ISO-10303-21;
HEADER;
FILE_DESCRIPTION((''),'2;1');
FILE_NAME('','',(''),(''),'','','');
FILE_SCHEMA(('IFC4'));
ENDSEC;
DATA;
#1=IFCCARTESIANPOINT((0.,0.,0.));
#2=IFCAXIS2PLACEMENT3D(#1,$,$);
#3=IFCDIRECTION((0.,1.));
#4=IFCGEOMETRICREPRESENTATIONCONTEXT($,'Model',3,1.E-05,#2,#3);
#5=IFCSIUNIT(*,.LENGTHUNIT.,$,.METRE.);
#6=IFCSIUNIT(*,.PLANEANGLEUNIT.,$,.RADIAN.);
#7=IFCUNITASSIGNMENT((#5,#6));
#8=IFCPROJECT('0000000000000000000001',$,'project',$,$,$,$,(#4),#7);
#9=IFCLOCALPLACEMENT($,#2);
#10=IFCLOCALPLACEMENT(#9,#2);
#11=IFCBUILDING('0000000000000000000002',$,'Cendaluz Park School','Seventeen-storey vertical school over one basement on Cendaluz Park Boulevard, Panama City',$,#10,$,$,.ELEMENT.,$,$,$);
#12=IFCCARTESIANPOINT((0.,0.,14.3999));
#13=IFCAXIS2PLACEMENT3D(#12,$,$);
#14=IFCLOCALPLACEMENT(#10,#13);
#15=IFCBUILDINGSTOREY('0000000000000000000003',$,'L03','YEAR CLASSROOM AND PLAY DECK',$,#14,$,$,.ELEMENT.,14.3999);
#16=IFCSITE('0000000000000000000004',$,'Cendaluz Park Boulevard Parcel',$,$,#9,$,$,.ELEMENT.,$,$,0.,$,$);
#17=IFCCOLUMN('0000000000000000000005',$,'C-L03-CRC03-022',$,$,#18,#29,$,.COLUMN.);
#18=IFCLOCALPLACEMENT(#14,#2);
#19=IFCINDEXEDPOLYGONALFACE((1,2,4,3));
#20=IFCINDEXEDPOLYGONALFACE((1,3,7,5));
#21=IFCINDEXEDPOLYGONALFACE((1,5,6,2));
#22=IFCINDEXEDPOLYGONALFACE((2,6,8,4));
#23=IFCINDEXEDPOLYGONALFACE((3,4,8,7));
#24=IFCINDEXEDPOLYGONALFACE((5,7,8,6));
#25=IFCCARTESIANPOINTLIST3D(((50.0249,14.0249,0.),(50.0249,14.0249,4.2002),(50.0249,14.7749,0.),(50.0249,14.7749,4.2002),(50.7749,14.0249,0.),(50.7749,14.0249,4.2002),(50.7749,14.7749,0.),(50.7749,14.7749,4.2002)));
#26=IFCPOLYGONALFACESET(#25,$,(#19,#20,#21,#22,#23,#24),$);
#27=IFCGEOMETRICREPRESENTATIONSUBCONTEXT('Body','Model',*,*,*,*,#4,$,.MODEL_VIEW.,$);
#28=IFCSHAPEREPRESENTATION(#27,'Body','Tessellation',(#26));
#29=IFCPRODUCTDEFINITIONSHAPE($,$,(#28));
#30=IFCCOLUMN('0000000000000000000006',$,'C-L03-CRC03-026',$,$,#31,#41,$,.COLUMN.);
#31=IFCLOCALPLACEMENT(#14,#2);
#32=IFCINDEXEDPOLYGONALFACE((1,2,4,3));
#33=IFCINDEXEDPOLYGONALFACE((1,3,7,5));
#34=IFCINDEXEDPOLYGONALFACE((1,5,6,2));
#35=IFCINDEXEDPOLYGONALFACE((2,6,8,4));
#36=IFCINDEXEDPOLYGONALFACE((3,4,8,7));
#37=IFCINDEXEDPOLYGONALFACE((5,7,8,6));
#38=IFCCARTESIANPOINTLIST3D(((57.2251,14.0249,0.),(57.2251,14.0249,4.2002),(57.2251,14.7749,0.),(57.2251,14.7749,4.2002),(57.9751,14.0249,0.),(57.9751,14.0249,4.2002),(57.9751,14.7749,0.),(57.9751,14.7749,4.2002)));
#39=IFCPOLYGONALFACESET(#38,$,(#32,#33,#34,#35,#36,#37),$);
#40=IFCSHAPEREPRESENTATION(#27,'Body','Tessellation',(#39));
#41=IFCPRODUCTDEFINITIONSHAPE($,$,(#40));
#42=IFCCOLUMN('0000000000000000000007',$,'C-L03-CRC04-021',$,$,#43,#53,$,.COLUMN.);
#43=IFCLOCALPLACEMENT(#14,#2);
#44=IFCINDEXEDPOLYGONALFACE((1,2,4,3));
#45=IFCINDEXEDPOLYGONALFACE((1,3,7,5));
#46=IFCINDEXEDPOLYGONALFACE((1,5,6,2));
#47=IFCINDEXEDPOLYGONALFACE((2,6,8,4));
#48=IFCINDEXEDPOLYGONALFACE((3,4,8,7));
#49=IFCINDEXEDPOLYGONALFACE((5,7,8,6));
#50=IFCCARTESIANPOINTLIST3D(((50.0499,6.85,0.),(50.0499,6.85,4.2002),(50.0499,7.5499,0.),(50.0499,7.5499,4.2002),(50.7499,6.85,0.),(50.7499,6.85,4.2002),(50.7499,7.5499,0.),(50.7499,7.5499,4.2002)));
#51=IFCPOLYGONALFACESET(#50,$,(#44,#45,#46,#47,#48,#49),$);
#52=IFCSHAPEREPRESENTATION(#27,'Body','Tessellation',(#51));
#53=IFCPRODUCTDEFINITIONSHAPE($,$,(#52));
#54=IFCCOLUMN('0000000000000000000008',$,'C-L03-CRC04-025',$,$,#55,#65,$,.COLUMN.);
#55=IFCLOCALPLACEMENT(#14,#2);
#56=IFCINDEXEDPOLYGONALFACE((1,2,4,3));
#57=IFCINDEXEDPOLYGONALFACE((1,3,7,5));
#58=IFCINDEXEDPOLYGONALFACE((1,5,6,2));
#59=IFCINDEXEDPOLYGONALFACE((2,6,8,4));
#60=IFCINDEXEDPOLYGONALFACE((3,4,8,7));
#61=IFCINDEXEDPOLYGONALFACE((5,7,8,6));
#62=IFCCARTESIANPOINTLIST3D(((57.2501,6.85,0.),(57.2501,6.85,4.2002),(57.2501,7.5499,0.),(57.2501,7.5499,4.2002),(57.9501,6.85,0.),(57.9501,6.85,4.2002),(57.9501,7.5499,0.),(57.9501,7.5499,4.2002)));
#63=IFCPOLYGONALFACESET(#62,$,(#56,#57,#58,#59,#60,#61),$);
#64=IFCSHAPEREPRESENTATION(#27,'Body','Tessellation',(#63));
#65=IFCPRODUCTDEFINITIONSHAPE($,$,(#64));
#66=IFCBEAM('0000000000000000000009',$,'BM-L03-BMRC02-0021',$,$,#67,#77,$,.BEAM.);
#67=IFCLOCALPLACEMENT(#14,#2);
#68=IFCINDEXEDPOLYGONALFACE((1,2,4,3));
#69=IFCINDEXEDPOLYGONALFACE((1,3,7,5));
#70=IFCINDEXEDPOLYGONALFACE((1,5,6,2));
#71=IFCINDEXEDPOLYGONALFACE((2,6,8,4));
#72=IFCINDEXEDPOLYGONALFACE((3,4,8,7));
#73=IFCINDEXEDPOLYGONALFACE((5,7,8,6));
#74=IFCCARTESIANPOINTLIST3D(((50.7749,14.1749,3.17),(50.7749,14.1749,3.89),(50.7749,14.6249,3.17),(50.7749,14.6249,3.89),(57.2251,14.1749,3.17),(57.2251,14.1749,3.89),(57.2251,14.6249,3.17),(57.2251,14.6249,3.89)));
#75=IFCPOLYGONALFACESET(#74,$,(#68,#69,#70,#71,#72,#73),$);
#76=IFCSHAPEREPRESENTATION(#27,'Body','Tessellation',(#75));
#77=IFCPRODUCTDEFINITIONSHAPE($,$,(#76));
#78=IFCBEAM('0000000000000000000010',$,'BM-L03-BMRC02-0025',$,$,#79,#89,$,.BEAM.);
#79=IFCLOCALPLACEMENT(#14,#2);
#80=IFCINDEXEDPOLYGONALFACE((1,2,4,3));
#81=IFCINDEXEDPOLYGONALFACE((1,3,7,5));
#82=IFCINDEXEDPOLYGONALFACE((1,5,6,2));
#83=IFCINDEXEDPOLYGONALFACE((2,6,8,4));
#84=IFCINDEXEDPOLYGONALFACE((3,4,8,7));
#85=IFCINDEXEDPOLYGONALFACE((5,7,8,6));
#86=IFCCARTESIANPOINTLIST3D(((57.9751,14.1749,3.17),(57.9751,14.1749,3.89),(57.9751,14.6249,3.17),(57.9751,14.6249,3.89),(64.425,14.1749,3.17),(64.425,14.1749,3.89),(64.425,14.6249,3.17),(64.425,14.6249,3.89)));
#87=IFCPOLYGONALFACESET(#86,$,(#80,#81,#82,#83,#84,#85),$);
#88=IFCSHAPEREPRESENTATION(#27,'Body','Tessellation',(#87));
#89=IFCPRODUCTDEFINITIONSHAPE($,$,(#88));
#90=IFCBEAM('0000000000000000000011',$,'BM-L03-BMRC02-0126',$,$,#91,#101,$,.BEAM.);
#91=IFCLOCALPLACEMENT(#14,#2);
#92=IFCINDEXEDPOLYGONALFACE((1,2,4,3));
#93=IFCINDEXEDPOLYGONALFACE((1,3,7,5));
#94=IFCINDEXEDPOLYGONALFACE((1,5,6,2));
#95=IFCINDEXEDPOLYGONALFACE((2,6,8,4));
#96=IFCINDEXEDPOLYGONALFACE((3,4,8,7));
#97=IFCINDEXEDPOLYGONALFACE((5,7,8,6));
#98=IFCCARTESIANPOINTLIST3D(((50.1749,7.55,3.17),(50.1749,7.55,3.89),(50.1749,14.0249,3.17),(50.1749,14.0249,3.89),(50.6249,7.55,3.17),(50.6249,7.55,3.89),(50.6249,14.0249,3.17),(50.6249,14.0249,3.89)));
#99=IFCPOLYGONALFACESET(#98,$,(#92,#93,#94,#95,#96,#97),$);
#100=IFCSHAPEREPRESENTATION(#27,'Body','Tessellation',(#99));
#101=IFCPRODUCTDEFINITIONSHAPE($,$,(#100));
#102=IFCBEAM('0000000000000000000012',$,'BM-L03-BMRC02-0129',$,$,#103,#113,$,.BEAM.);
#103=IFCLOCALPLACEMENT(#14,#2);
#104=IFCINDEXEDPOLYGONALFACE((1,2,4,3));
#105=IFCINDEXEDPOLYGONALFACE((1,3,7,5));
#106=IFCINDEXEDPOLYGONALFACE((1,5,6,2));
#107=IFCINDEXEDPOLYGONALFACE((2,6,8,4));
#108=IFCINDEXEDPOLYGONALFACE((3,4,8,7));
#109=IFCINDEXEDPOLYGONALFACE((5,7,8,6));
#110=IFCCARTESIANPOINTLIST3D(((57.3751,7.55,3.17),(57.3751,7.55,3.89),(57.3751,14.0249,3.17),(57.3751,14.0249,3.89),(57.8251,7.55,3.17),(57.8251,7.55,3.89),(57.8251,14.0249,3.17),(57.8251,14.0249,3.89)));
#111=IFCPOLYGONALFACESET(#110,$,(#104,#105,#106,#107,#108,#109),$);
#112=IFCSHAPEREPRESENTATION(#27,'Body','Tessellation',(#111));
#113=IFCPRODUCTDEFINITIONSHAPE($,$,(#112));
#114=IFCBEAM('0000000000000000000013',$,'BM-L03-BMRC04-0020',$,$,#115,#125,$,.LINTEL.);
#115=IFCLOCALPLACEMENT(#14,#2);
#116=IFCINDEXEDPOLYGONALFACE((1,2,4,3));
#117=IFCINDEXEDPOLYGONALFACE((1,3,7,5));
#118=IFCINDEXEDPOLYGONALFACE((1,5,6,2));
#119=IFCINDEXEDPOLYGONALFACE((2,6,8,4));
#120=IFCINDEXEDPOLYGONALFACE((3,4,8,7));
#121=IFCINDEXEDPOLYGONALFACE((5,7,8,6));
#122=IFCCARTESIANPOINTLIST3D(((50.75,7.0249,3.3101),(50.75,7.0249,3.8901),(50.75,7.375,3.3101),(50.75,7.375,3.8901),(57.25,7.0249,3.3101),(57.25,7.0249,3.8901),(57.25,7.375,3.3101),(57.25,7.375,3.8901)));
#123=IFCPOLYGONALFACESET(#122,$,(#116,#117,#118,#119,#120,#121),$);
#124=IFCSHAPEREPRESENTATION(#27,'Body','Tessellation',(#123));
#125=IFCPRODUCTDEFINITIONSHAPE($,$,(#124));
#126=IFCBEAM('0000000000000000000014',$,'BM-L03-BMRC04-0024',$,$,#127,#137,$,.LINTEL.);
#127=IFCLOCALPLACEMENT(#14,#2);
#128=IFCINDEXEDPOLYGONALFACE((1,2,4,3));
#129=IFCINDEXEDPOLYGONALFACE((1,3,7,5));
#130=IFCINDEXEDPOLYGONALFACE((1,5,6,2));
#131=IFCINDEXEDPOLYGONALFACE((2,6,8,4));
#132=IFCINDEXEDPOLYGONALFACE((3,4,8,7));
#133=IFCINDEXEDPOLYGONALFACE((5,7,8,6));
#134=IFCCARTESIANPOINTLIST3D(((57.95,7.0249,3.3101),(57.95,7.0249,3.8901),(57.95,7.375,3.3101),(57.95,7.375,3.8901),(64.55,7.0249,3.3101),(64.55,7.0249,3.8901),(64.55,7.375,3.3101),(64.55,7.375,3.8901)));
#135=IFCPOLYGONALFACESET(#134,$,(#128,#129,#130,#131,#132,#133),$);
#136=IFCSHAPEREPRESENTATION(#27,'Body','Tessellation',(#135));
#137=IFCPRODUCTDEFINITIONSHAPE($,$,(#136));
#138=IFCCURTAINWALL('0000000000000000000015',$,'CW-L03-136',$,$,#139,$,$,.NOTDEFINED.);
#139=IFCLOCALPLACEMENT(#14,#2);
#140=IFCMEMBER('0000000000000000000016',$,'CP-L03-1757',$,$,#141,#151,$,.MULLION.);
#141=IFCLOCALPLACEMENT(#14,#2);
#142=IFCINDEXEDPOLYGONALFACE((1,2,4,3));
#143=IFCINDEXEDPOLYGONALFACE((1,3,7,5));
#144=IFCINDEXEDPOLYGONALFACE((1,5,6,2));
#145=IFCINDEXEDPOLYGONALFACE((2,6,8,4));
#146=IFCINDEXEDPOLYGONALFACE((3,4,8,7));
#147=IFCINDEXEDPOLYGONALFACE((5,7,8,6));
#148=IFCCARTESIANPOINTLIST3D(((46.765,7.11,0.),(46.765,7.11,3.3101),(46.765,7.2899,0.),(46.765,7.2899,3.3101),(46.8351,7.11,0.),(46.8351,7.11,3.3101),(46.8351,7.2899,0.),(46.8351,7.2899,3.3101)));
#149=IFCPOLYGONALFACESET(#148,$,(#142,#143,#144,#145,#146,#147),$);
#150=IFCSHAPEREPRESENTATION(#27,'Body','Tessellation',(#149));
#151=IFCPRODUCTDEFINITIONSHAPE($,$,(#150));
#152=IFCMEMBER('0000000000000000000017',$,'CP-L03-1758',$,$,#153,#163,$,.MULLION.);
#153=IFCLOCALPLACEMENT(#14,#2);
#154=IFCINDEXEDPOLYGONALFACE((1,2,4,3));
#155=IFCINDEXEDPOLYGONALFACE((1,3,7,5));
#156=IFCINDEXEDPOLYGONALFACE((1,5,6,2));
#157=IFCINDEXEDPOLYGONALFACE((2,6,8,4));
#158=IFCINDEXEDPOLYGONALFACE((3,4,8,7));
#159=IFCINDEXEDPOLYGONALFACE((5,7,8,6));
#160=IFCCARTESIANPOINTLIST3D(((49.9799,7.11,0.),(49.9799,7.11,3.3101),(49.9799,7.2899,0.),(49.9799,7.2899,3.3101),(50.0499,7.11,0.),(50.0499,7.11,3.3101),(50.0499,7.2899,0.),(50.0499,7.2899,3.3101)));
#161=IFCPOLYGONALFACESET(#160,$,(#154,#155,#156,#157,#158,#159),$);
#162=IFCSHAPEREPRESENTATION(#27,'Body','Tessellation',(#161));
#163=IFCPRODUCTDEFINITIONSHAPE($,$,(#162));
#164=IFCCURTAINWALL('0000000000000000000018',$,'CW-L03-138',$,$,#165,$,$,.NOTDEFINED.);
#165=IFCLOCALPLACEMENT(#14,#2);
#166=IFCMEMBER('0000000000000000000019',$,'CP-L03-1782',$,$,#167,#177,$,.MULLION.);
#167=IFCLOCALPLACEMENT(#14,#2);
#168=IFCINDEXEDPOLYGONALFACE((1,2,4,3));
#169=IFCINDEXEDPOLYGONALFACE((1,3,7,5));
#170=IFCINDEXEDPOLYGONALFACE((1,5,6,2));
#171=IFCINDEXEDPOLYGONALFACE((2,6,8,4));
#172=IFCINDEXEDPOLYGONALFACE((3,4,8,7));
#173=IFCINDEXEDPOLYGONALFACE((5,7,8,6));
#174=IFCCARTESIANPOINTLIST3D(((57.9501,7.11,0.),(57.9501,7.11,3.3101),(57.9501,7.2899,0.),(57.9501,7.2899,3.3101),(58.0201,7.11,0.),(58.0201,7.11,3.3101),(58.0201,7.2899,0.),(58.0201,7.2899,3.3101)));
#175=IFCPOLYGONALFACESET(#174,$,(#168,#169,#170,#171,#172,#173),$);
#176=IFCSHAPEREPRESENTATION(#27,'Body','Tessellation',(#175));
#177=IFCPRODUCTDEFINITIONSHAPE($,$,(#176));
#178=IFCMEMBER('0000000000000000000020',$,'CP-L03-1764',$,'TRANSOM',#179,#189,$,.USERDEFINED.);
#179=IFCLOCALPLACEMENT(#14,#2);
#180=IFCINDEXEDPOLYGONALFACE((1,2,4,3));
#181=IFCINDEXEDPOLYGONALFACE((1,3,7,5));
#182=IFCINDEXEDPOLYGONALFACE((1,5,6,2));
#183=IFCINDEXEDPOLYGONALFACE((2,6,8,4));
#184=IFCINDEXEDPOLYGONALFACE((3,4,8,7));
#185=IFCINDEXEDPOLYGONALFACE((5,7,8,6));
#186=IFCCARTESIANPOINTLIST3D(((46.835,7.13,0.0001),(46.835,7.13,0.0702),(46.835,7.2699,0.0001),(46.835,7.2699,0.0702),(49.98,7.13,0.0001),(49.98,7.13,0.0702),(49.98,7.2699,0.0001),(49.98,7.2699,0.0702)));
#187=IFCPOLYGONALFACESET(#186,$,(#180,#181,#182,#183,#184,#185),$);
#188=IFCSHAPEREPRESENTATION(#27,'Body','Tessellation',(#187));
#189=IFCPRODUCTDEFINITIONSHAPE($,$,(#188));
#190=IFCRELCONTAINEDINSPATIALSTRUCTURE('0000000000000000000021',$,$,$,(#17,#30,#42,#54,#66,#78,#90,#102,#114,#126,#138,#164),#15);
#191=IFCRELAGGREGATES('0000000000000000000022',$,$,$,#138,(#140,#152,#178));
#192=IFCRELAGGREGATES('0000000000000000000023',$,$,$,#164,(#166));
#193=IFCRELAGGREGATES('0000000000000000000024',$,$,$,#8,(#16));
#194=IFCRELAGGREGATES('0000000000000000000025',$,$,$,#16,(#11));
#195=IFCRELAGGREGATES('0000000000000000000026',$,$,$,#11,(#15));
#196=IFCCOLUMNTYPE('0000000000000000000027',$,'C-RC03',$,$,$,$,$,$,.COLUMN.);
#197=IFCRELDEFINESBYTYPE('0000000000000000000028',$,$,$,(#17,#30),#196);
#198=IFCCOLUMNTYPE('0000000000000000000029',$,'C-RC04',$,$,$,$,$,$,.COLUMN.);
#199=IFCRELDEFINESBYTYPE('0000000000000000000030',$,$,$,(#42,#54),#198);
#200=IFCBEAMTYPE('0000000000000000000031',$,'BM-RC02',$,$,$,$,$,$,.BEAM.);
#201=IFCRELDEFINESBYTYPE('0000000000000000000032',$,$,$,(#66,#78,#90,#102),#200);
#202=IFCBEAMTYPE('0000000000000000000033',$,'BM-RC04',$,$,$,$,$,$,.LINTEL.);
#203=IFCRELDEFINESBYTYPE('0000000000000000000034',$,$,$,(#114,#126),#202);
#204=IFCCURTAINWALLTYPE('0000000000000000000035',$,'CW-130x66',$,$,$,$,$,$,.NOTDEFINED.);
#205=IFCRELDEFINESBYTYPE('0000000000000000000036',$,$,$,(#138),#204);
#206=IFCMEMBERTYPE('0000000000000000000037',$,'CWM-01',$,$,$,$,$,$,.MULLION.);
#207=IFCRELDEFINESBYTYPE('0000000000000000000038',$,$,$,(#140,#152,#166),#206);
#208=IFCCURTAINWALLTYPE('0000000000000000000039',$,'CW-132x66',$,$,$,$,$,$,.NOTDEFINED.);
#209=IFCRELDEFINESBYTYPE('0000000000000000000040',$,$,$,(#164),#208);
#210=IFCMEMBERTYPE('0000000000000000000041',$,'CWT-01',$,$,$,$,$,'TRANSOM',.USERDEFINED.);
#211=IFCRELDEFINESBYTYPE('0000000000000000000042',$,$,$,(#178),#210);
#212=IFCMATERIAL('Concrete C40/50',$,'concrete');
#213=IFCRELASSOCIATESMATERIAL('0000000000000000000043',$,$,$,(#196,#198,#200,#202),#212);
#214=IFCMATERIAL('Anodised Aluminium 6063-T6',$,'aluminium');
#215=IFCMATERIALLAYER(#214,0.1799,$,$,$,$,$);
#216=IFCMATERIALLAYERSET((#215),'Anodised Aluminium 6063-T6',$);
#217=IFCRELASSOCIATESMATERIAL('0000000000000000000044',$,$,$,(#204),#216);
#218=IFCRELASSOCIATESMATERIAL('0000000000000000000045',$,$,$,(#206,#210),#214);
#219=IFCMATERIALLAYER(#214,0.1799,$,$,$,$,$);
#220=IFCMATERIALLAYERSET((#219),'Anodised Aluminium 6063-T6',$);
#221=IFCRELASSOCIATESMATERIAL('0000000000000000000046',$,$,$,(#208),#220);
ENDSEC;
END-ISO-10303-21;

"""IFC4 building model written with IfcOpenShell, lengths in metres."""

from ifc_helpers import new_model, si_unit, direction, frame, origin, origin_2d, place, context, subcontext, project, spatial, rectangle, extrude, material, layer, layer_set, material_profile, profile_set, type_object, element, aggregate, save


model = new_model("IFC4")

# Units and contexts
model_context = context("Model", 3, precision=1e-05, world=origin(), true_north=direction((0.0, 1.0)))
body_context = subcontext(model_context, "Body", "Model", "MODEL_VIEW")
ifc_project = project(units=[si_unit("LENGTHUNIT", "METRE"), si_unit("PLANEANGLEUNIT", "RADIAN")], contexts=[model_context])

# Site, building, storey
site_placement = place(None, origin())
site = spatial("IfcSite", under=ifc_project, at=site_placement, Name="Cendaluz Park Boulevard Parcel", CompositionType="ELEMENT", RefElevation=0.0)
building_placement = place(site_placement, origin())
building = spatial("IfcBuilding", under=site, at=building_placement, Name="Cendaluz Park School", Description="Seventeen-storey vertical school over one basement on Cendaluz Park Boulevard, Panama City", CompositionType="ELEMENT")
storey_placement = place(building_placement, frame((0.0, 0.0, 14.3999)))
storey = spatial("IfcBuildingStorey", under=building, at=storey_placement, Name="L03", Description="YEAR CLASSROOM AND PLAY DECK", CompositionType="ELEMENT", Elevation=14.3999)

# Columns
ifc_material_1 = material(Name="Concrete C40/50", Category="concrete")
ifc_material_profile_1 = material_profile(ifc_material_1, rectangle(XDim=0.75, YDim=0.75, at=origin_2d()), Name="RC 750x750", Category="concrete")
ifc_profile_set_1 = profile_set([ifc_material_profile_1], Name="Concrete C40/50")
column_type_1 = type_object("IfcColumnType", Name="C-RC03", PredefinedType="COLUMN", material=ifc_profile_set_1)
for number, where, z_axis, x_axis, name in (
    (1, (50.3999, 14.3999, 0.0), (0.0, 0.0, 1.0), (1.0, 0.0, 0.0), "C-L03-CRC03-022"),
    (2, (57.6001, 14.3999, 0.0), (0.0, 0.0, 1.0), (1.0, 0.0, 0.0), "C-L03-CRC03-026"),
):
    element("IfcColumn", number, at=place(storey_placement, frame(where, z_axis=z_axis, x_axis=x_axis)), inside=storey, type_object=column_type_1, Name=name, PredefinedType="COLUMN", context=body_context, shape_type="SweptSolid", body=[
        extrude(rectangle(XDim=0.75, YDim=0.75, at=origin_2d()), origin(), (0.0, 0.0, 1.0), 4.2002),
    ])
ifc_material_profile_2 = material_profile(ifc_material_1, rectangle(XDim=0.7, YDim=0.7, at=origin_2d()), Name="RC 700x700", Category="concrete")
ifc_profile_set_2 = profile_set([ifc_material_profile_2], Name="Concrete C40/50")
column_type_2 = type_object("IfcColumnType", Name="C-RC04", PredefinedType="COLUMN", material=ifc_profile_set_2)
for number, where, z_axis, x_axis, name in (
    (3, (50.3999, 7.2, 0.0), (0.0, 0.0, 1.0), (1.0, 0.0, 0.0), "C-L03-CRC04-021"),
    (4, (57.6001, 7.2, 0.0), (0.0, 0.0, 1.0), (1.0, 0.0, 0.0), "C-L03-CRC04-025"),
):
    element("IfcColumn", number, at=place(storey_placement, frame(where, z_axis=z_axis, x_axis=x_axis)), inside=storey, type_object=column_type_2, Name=name, PredefinedType="COLUMN", context=body_context, shape_type="SweptSolid", body=[
        extrude(rectangle(XDim=0.7, YDim=0.7, at=origin_2d()), origin(), (0.0, 0.0, 1.0), 4.2002),
    ])

# Beams
ifc_material_profile_3 = material_profile(ifc_material_1, rectangle(XDim=0.45, YDim=0.72, at=origin_2d()), Name="RC 450x720", Category="concrete")
ifc_profile_set_3 = profile_set([ifc_material_profile_3], Name="Concrete C40/50")
beam_type_1 = type_object("IfcBeamType", Name="BM-RC02", PredefinedType="BEAM", material=ifc_profile_set_3)
beam_1_placement = place(storey_placement, frame((50.7749, 14.3999, 3.53), z_axis=(1.0, 0.0, 0.0), x_axis=(0.0, 1.0, 0.0)))
element("IfcBeam", 5, at=beam_1_placement, inside=storey, type_object=beam_type_1, Name="BM-L03-BMRC02-0021", PredefinedType="BEAM", context=body_context, shape_type="SweptSolid", body=[
    extrude(rectangle(XDim=0.45, YDim=0.72, at=origin_2d()), origin(), (0.0, 0.0, 1.0), 6.4502),
])
beam_2_placement = place(storey_placement, frame((57.9751, 14.3999, 3.53), z_axis=(1.0, 0.0, 0.0), x_axis=(0.0, 1.0, 0.0)))
element("IfcBeam", 6, at=beam_2_placement, inside=storey, type_object=beam_type_1, Name="BM-L03-BMRC02-0025", PredefinedType="BEAM", context=body_context, shape_type="SweptSolid", body=[
    extrude(rectangle(XDim=0.45, YDim=0.72, at=origin_2d()), origin(), (0.0, 0.0, 1.0), 6.45),
])
for number, where, z_axis, x_axis, name in (
    (7, (50.3999, 7.55, 3.53), (0.0, 1.0, 0.0), (-1.0, 0.0, 0.0), "BM-L03-BMRC02-0126"),
    (8, (57.6001, 7.55, 3.53), (0.0, 1.0, 0.0), (-1.0, 0.0, 0.0), "BM-L03-BMRC02-0129"),
):
    element("IfcBeam", number, at=place(storey_placement, frame(where, z_axis=z_axis, x_axis=x_axis)), inside=storey, type_object=beam_type_1, Name=name, PredefinedType="BEAM", context=body_context, shape_type="SweptSolid", body=[
        extrude(rectangle(XDim=0.45, YDim=0.72, at=origin_2d()), origin(), (0.0, 0.0, 1.0), 6.4749),
    ])
ifc_material_profile_4 = material_profile(ifc_material_1, rectangle(XDim=0.3501, YDim=0.5801, at=origin_2d()), Name="RC 350x580", Category="concrete")
ifc_profile_set_4 = profile_set([ifc_material_profile_4], Name="Concrete C40/50")
beam_type_2 = type_object("IfcBeamType", Name="BM-RC04", PredefinedType="LINTEL", material=ifc_profile_set_4)
beam_3_placement = place(storey_placement, frame((50.75, 7.2, 3.6001), z_axis=(1.0, 0.0, 0.0), x_axis=(0.0, 1.0, 0.0)))
element("IfcBeam", 9, at=beam_3_placement, inside=storey, type_object=beam_type_2, Name="BM-L03-BMRC04-0020", PredefinedType="LINTEL", context=body_context, shape_type="SweptSolid", body=[
    extrude(rectangle(XDim=0.3501, YDim=0.5801, at=origin_2d()), origin(), (0.0, 0.0, 1.0), 6.5),
])
beam_4_placement = place(storey_placement, frame((57.95, 7.2, 3.6001), z_axis=(1.0, 0.0, 0.0), x_axis=(0.0, 1.0, 0.0)))
element("IfcBeam", 10, at=beam_4_placement, inside=storey, type_object=beam_type_2, Name="BM-L03-BMRC04-0024", PredefinedType="LINTEL", context=body_context, shape_type="SweptSolid", body=[
    extrude(rectangle(XDim=0.3501, YDim=0.5801, at=origin_2d()), origin(), (0.0, 0.0, 1.0), 6.6001),
])

# Curtain wall, members
ifc_material_2 = material(Name="Anodised Aluminium 6063-T6", Category="aluminium")
ifc_layer_1 = layer(ifc_material_2, 0.1799)
ifc_layer_set_1 = layer_set([ifc_layer_1], Name="Anodised Aluminium 6063-T6")
curtain_wall_type_1 = type_object("IfcCurtainWallType", Name="CW-130x66", PredefinedType="NOTDEFINED", material=ifc_layer_set_1)
curtain_wall_1_placement = place(storey_placement, origin())
curtain_wall_1 = element("IfcCurtainWall", 11, at=curtain_wall_1_placement, inside=storey, type_object=curtain_wall_type_1, Name="CW-L03-136", PredefinedType="NOTDEFINED")
ifc_material_profile_5 = material_profile(ifc_material_2, rectangle(XDim=0.1799, YDim=0.0701, at=origin_2d()), Name="CWM 180x70", Category="aluminium")
ifc_profile_set_5 = profile_set([ifc_material_profile_5], Name="Anodised Aluminium 6063-T6")
member_type_1 = type_object("IfcMemberType", Name="CWM-01", PredefinedType="MULLION", material=ifc_profile_set_5)
member_1_placement = place(storey_placement, frame((46.8, 7.2, 0.0), z_axis=(0.0, 0.0, 1.0), x_axis=(0.0, 1.0, 0.0)))
member_1 = element("IfcMember", 12, at=member_1_placement, type_object=member_type_1, Name="CP-L03-1757", PredefinedType="MULLION", context=body_context, shape_type="SweptSolid", body=[
    extrude(rectangle(XDim=0.1799, YDim=0.0701, at=origin_2d()), origin(), (0.0, 0.0, 1.0), 3.3101),
])
member_2_placement = place(storey_placement, frame((50.0149, 7.2, 0.0), z_axis=(0.0, 0.0, 1.0), x_axis=(0.0, 1.0, 0.0)))
member_2 = element("IfcMember", 13, at=member_2_placement, type_object=member_type_1, Name="CP-L03-1758", PredefinedType="MULLION", context=body_context, shape_type="SweptSolid", body=[
    extrude(rectangle(XDim=0.1799, YDim=0.0701, at=origin_2d()), origin(), (0.0, 0.0, 1.0), 3.3101),
])

# Curtain wall, member
ifc_layer_2 = layer(ifc_material_2, 0.1799)
ifc_layer_set_2 = layer_set([ifc_layer_2], Name="Anodised Aluminium 6063-T6")
curtain_wall_type_2 = type_object("IfcCurtainWallType", Name="CW-132x66", PredefinedType="NOTDEFINED", material=ifc_layer_set_2)
curtain_wall_2_placement = place(storey_placement, origin())
curtain_wall_2 = element("IfcCurtainWall", 14, at=curtain_wall_2_placement, inside=storey, type_object=curtain_wall_type_2, Name="CW-L03-138", PredefinedType="NOTDEFINED")
member_3_placement = place(storey_placement, frame((57.9851, 7.2, 0.0), z_axis=(0.0, 0.0, 1.0), x_axis=(0.0, 1.0, 0.0)))
member_3 = element("IfcMember", 15, at=member_3_placement, type_object=member_type_1, Name="CP-L03-1782", PredefinedType="MULLION", context=body_context, shape_type="SweptSolid", body=[
    extrude(rectangle(XDim=0.1799, YDim=0.0701, at=origin_2d()), origin(), (0.0, 0.0, 1.0), 3.3101),
])

# Member
ifc_material_profile_6 = material_profile(ifc_material_2, rectangle(XDim=0.1399, YDim=0.0701, at=origin_2d()), Name="CWT 140x70", Category="aluminium")
ifc_profile_set_6 = profile_set([ifc_material_profile_6], Name="Anodised Aluminium 6063-T6")
member_type_2 = type_object("IfcMemberType", Name="CWT-01", ElementType="TRANSOM", PredefinedType="USERDEFINED", material=ifc_profile_set_6)
member_4_placement = place(storey_placement, frame((46.835, 7.2, 0.0352), z_axis=(1.0, 0.0, 0.0), x_axis=(0.0, 1.0, 0.0)))
member_4 = element("IfcMember", 16, at=member_4_placement, type_object=member_type_2, Name="CP-L03-1764", ObjectType="TRANSOM", PredefinedType="USERDEFINED", context=body_context, shape_type="SweptSolid", body=[
    extrude(rectangle(XDim=0.1399, YDim=0.0701, at=origin_2d()), origin(), (0.0, 0.0, 1.0), 3.145),
])

aggregate(curtain_wall_1, [member_1, member_2, member_4])
aggregate(curtain_wall_2, [member_3])

save(model, "model.ifc")
